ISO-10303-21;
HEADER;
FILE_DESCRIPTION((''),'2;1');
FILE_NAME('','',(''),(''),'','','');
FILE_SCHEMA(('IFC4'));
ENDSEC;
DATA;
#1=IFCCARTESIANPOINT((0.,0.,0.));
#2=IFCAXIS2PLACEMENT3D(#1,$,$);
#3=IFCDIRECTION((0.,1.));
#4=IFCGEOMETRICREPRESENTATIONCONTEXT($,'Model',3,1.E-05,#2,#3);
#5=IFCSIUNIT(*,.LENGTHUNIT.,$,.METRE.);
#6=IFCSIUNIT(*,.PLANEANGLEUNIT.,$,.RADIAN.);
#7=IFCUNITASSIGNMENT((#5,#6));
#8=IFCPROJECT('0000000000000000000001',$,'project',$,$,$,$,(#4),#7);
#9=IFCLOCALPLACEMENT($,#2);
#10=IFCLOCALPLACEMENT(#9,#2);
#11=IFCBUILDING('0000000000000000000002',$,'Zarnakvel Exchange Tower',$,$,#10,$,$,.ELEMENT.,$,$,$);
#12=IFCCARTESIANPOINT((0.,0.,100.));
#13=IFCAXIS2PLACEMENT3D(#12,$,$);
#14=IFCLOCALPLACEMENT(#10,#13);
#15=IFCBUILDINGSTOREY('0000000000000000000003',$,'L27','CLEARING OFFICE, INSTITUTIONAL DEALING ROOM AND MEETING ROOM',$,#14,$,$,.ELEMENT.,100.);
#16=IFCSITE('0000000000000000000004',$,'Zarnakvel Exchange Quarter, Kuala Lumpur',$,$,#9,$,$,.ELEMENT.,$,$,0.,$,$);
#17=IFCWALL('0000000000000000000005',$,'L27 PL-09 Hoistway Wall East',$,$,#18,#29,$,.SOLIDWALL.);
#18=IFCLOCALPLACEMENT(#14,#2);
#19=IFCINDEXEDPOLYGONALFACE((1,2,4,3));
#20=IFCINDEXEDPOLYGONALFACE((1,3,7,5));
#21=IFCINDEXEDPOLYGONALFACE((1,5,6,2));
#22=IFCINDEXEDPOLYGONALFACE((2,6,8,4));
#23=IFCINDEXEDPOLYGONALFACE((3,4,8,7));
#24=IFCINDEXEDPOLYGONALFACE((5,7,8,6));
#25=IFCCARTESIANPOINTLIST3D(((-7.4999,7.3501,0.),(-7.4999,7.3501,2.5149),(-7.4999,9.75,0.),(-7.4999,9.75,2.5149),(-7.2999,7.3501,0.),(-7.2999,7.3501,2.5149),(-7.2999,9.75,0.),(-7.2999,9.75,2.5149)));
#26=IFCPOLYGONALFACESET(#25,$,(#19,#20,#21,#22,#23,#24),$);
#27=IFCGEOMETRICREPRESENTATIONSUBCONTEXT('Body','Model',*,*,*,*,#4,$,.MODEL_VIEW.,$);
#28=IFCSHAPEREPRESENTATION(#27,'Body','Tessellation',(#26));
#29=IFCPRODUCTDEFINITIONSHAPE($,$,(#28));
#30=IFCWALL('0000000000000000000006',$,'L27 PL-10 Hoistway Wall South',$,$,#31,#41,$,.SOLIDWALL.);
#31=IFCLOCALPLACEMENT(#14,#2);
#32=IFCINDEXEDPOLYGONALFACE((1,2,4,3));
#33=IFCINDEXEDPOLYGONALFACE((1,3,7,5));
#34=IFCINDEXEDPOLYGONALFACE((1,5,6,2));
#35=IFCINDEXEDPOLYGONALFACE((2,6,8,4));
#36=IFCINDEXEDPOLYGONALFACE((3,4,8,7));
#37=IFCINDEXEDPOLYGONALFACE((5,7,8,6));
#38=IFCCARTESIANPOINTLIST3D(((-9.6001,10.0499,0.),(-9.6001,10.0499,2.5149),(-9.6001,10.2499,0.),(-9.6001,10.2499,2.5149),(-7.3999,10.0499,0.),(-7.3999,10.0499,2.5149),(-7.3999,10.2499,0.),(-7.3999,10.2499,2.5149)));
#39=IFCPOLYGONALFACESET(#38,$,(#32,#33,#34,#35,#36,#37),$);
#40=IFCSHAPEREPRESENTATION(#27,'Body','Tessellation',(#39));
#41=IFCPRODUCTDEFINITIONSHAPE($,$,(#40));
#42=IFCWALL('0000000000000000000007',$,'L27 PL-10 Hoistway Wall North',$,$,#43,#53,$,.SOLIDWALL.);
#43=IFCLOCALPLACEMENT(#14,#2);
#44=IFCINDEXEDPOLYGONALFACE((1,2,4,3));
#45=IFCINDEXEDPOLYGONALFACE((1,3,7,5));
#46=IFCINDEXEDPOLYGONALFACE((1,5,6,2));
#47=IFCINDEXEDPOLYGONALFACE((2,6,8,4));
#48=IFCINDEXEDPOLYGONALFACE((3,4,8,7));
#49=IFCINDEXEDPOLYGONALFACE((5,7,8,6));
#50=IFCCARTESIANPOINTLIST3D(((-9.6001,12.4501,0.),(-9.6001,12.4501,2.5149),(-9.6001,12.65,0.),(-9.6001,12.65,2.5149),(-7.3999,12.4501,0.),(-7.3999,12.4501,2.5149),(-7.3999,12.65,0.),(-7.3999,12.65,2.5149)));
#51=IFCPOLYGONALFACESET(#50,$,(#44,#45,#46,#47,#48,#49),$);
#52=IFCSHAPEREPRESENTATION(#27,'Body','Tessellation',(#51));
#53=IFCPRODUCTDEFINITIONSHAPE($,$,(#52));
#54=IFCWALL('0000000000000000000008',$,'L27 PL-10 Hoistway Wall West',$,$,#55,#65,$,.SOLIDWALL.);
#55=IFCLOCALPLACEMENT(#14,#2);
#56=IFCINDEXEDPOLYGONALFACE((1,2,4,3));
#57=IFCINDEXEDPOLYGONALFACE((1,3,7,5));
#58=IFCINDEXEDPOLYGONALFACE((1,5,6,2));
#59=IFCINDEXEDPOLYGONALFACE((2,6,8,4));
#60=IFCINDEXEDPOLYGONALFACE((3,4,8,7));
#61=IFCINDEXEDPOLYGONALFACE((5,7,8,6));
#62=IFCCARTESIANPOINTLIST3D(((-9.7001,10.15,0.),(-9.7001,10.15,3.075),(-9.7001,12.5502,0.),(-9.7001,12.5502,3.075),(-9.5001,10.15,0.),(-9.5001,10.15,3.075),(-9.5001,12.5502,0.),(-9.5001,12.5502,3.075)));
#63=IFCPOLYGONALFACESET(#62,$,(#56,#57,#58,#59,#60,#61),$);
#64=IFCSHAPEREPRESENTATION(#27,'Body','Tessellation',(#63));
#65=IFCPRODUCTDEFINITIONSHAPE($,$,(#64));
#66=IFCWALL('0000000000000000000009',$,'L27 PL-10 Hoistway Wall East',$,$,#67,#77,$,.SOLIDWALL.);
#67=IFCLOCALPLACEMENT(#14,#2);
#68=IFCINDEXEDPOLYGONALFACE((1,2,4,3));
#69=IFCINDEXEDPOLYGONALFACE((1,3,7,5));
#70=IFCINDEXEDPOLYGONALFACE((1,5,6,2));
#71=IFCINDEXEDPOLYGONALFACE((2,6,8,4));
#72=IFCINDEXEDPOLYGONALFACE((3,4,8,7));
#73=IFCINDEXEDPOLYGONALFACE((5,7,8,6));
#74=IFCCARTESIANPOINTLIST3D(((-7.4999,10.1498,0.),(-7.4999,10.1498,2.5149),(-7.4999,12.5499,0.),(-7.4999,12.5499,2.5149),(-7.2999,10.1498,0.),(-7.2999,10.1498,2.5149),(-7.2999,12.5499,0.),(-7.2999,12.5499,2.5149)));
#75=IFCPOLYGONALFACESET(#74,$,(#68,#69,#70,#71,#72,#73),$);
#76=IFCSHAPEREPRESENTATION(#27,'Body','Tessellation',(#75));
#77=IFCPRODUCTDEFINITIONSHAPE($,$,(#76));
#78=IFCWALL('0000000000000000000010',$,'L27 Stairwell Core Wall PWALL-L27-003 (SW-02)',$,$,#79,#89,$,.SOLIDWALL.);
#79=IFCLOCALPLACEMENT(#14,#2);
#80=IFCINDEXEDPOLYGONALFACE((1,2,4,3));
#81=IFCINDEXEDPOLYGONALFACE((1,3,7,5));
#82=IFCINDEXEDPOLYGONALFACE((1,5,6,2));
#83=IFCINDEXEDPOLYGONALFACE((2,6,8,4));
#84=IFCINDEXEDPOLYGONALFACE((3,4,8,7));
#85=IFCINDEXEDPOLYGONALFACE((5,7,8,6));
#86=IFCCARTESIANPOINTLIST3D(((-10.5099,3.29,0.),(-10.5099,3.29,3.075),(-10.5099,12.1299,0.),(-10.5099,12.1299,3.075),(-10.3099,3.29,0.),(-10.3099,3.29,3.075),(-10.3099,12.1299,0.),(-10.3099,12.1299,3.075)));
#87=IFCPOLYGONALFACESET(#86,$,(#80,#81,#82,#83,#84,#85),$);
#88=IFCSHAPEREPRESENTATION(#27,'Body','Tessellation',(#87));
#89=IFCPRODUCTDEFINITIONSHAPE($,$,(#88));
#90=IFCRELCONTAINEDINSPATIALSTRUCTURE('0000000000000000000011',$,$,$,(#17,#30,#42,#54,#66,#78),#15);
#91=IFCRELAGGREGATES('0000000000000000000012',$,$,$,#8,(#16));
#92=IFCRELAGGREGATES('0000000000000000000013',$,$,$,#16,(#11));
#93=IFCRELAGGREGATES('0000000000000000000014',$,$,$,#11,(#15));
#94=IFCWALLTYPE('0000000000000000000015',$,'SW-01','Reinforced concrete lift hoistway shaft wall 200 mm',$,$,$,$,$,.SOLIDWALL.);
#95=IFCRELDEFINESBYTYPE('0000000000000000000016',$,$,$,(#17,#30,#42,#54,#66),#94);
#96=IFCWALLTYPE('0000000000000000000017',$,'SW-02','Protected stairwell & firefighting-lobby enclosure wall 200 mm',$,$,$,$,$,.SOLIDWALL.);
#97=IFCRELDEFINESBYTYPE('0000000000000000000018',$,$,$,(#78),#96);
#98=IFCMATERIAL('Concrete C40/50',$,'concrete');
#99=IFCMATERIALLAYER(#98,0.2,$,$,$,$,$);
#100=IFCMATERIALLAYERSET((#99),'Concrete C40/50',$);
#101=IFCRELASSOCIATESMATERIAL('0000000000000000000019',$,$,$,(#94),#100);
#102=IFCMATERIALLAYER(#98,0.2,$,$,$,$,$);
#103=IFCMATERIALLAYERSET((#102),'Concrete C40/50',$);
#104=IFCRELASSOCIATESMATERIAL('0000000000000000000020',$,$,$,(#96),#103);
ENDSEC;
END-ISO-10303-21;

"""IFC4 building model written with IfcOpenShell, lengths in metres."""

from ifc_helpers import new_model, si_unit, direction, frame, frame_2d, origin, place, context, subcontext, project, spatial, rectangle, extrude, material, layer, layer_set, type_object, element, save


model = new_model("IFC4")

# Units and contexts
model_context = context("Model", 3, precision=1e-05, world=origin(), true_north=direction((0.0, 1.0)))
body_context = subcontext(model_context, "Body", "Model", "MODEL_VIEW")
ifc_project = project(units=[si_unit("LENGTHUNIT", "METRE"), si_unit("PLANEANGLEUNIT", "RADIAN")], contexts=[model_context])

# Site, building, storey
site_placement = place(None, origin())
site = spatial("IfcSite", under=ifc_project, at=site_placement, Name="Zarnakvel Exchange Quarter, Kuala Lumpur", CompositionType="ELEMENT", RefElevation=0.0)
building_placement = place(site_placement, origin())
building = spatial("IfcBuilding", under=site, at=building_placement, Name="Zarnakvel Exchange Tower", CompositionType="ELEMENT")
storey_placement = place(building_placement, frame((0.0, 0.0, 100.0)))
storey = spatial("IfcBuildingStorey", under=building, at=storey_placement, Name="L27", Description="CLEARING OFFICE, INSTITUTIONAL DEALING ROOM AND MEETING ROOM", CompositionType="ELEMENT", Elevation=100.0)

# Walls
ifc_material_1 = material(Name="Concrete C40/50", Category="concrete")
ifc_layer_1 = layer(ifc_material_1, 0.2)
ifc_layer_set_1 = layer_set([ifc_layer_1], Name="Concrete C40/50")
wall_type_1 = type_object("IfcWallType", Name="SW-01", Description="Reinforced concrete lift hoistway shaft wall 200 mm", PredefinedType="SOLIDWALL", material=ifc_layer_set_1)
wall_1_placement = place(storey_placement, frame((-7.3999, 9.75, 0.0), z_axis=(0.0, 0.0, 1.0), x_axis=(0.0, -1.0, 0.0)))
element("IfcWall", 1, at=wall_1_placement, inside=storey, type_object=wall_type_1, Name="L27 PL-09 Hoistway Wall East", PredefinedType="SOLIDWALL", context=body_context, shape_type="SweptSolid", body=[
    extrude(rectangle(XDim=2.3999, YDim=0.2, at=frame_2d((1.2, 0.0))), origin(), (0.0, 0.0, 1.0), 2.5149),
])
for number, where, z_axis, x_axis, name in (
    (2, (-7.3999, 10.1499, 0.0), (0.0, 0.0, 1.0), (-1.0, 0.0, 0.0), "L27 PL-10 Hoistway Wall South"),
    (3, (-9.6001, 12.55, 0.0), (0.0, 0.0, 1.0), (1.0, 0.0, 0.0), "L27 PL-10 Hoistway Wall North"),
):
    element("IfcWall", number, at=place(storey_placement, frame(where, z_axis=z_axis, x_axis=x_axis)), inside=storey, type_object=wall_type_1, Name=name, PredefinedType="SOLIDWALL", context=body_context, shape_type="SweptSolid", body=[
        extrude(rectangle(XDim=2.2002, YDim=0.2, at=frame_2d((1.1001, 0.0))), origin(), (0.0, 0.0, 1.0), 2.5149),
    ])
wall_2_placement = place(storey_placement, frame((-9.6001, 10.1499, 0.0), z_axis=(0.0, 0.0, 1.0), x_axis=(0.0, 1.0, 0.0)))
element("IfcWall", 4, at=wall_2_placement, inside=storey, type_object=wall_type_1, Name="L27 PL-10 Hoistway Wall West", PredefinedType="SOLIDWALL", context=body_context, shape_type="SweptSolid", body=[
    extrude(rectangle(XDim=2.4001, YDim=0.2, at=frame_2d((1.2002, 0.0))), origin(), (0.0, 0.0, 1.0), 3.075),
])
wall_3_placement = place(storey_placement, frame((-7.3999, 12.55, 0.0), z_axis=(0.0, 0.0, 1.0), x_axis=(0.0, -1.0, 0.0)))
element("IfcWall", 5, at=wall_3_placement, inside=storey, type_object=wall_type_1, Name="L27 PL-10 Hoistway Wall East", PredefinedType="SOLIDWALL", context=body_context, shape_type="SweptSolid", body=[
    extrude(rectangle(XDim=2.4001, YDim=0.2, at=frame_2d((1.2002, 0.0))), origin(), (0.0, 0.0, 1.0), 2.5149),
])
ifc_layer_2 = layer(ifc_material_1, 0.2)
ifc_layer_set_2 = layer_set([ifc_layer_2], Name="Concrete C40/50")
wall_type_2 = type_object("IfcWallType", Name="SW-02", Description="Protected stairwell & firefighting-lobby enclosure wall 200 mm", PredefinedType="SOLIDWALL", material=ifc_layer_set_2)
wall_4_placement = place(storey_placement, frame((-10.4099, 12.1299, 0.0), z_axis=(0.0, 0.0, 1.0), x_axis=(0.0, -1.0, 0.0)))
element("IfcWall", 6, at=wall_4_placement, inside=storey, type_object=wall_type_2, Name="L27 Stairwell Core Wall PWALL-L27-003 (SW-02)", PredefinedType="SOLIDWALL", context=body_context, shape_type="SweptSolid", body=[
    extrude(rectangle(XDim=8.8398, YDim=0.2, at=frame_2d((4.4199, 0.0))), origin(), (0.0, 0.0, 1.0), 3.075),
])

save(model, "model.ifc")
